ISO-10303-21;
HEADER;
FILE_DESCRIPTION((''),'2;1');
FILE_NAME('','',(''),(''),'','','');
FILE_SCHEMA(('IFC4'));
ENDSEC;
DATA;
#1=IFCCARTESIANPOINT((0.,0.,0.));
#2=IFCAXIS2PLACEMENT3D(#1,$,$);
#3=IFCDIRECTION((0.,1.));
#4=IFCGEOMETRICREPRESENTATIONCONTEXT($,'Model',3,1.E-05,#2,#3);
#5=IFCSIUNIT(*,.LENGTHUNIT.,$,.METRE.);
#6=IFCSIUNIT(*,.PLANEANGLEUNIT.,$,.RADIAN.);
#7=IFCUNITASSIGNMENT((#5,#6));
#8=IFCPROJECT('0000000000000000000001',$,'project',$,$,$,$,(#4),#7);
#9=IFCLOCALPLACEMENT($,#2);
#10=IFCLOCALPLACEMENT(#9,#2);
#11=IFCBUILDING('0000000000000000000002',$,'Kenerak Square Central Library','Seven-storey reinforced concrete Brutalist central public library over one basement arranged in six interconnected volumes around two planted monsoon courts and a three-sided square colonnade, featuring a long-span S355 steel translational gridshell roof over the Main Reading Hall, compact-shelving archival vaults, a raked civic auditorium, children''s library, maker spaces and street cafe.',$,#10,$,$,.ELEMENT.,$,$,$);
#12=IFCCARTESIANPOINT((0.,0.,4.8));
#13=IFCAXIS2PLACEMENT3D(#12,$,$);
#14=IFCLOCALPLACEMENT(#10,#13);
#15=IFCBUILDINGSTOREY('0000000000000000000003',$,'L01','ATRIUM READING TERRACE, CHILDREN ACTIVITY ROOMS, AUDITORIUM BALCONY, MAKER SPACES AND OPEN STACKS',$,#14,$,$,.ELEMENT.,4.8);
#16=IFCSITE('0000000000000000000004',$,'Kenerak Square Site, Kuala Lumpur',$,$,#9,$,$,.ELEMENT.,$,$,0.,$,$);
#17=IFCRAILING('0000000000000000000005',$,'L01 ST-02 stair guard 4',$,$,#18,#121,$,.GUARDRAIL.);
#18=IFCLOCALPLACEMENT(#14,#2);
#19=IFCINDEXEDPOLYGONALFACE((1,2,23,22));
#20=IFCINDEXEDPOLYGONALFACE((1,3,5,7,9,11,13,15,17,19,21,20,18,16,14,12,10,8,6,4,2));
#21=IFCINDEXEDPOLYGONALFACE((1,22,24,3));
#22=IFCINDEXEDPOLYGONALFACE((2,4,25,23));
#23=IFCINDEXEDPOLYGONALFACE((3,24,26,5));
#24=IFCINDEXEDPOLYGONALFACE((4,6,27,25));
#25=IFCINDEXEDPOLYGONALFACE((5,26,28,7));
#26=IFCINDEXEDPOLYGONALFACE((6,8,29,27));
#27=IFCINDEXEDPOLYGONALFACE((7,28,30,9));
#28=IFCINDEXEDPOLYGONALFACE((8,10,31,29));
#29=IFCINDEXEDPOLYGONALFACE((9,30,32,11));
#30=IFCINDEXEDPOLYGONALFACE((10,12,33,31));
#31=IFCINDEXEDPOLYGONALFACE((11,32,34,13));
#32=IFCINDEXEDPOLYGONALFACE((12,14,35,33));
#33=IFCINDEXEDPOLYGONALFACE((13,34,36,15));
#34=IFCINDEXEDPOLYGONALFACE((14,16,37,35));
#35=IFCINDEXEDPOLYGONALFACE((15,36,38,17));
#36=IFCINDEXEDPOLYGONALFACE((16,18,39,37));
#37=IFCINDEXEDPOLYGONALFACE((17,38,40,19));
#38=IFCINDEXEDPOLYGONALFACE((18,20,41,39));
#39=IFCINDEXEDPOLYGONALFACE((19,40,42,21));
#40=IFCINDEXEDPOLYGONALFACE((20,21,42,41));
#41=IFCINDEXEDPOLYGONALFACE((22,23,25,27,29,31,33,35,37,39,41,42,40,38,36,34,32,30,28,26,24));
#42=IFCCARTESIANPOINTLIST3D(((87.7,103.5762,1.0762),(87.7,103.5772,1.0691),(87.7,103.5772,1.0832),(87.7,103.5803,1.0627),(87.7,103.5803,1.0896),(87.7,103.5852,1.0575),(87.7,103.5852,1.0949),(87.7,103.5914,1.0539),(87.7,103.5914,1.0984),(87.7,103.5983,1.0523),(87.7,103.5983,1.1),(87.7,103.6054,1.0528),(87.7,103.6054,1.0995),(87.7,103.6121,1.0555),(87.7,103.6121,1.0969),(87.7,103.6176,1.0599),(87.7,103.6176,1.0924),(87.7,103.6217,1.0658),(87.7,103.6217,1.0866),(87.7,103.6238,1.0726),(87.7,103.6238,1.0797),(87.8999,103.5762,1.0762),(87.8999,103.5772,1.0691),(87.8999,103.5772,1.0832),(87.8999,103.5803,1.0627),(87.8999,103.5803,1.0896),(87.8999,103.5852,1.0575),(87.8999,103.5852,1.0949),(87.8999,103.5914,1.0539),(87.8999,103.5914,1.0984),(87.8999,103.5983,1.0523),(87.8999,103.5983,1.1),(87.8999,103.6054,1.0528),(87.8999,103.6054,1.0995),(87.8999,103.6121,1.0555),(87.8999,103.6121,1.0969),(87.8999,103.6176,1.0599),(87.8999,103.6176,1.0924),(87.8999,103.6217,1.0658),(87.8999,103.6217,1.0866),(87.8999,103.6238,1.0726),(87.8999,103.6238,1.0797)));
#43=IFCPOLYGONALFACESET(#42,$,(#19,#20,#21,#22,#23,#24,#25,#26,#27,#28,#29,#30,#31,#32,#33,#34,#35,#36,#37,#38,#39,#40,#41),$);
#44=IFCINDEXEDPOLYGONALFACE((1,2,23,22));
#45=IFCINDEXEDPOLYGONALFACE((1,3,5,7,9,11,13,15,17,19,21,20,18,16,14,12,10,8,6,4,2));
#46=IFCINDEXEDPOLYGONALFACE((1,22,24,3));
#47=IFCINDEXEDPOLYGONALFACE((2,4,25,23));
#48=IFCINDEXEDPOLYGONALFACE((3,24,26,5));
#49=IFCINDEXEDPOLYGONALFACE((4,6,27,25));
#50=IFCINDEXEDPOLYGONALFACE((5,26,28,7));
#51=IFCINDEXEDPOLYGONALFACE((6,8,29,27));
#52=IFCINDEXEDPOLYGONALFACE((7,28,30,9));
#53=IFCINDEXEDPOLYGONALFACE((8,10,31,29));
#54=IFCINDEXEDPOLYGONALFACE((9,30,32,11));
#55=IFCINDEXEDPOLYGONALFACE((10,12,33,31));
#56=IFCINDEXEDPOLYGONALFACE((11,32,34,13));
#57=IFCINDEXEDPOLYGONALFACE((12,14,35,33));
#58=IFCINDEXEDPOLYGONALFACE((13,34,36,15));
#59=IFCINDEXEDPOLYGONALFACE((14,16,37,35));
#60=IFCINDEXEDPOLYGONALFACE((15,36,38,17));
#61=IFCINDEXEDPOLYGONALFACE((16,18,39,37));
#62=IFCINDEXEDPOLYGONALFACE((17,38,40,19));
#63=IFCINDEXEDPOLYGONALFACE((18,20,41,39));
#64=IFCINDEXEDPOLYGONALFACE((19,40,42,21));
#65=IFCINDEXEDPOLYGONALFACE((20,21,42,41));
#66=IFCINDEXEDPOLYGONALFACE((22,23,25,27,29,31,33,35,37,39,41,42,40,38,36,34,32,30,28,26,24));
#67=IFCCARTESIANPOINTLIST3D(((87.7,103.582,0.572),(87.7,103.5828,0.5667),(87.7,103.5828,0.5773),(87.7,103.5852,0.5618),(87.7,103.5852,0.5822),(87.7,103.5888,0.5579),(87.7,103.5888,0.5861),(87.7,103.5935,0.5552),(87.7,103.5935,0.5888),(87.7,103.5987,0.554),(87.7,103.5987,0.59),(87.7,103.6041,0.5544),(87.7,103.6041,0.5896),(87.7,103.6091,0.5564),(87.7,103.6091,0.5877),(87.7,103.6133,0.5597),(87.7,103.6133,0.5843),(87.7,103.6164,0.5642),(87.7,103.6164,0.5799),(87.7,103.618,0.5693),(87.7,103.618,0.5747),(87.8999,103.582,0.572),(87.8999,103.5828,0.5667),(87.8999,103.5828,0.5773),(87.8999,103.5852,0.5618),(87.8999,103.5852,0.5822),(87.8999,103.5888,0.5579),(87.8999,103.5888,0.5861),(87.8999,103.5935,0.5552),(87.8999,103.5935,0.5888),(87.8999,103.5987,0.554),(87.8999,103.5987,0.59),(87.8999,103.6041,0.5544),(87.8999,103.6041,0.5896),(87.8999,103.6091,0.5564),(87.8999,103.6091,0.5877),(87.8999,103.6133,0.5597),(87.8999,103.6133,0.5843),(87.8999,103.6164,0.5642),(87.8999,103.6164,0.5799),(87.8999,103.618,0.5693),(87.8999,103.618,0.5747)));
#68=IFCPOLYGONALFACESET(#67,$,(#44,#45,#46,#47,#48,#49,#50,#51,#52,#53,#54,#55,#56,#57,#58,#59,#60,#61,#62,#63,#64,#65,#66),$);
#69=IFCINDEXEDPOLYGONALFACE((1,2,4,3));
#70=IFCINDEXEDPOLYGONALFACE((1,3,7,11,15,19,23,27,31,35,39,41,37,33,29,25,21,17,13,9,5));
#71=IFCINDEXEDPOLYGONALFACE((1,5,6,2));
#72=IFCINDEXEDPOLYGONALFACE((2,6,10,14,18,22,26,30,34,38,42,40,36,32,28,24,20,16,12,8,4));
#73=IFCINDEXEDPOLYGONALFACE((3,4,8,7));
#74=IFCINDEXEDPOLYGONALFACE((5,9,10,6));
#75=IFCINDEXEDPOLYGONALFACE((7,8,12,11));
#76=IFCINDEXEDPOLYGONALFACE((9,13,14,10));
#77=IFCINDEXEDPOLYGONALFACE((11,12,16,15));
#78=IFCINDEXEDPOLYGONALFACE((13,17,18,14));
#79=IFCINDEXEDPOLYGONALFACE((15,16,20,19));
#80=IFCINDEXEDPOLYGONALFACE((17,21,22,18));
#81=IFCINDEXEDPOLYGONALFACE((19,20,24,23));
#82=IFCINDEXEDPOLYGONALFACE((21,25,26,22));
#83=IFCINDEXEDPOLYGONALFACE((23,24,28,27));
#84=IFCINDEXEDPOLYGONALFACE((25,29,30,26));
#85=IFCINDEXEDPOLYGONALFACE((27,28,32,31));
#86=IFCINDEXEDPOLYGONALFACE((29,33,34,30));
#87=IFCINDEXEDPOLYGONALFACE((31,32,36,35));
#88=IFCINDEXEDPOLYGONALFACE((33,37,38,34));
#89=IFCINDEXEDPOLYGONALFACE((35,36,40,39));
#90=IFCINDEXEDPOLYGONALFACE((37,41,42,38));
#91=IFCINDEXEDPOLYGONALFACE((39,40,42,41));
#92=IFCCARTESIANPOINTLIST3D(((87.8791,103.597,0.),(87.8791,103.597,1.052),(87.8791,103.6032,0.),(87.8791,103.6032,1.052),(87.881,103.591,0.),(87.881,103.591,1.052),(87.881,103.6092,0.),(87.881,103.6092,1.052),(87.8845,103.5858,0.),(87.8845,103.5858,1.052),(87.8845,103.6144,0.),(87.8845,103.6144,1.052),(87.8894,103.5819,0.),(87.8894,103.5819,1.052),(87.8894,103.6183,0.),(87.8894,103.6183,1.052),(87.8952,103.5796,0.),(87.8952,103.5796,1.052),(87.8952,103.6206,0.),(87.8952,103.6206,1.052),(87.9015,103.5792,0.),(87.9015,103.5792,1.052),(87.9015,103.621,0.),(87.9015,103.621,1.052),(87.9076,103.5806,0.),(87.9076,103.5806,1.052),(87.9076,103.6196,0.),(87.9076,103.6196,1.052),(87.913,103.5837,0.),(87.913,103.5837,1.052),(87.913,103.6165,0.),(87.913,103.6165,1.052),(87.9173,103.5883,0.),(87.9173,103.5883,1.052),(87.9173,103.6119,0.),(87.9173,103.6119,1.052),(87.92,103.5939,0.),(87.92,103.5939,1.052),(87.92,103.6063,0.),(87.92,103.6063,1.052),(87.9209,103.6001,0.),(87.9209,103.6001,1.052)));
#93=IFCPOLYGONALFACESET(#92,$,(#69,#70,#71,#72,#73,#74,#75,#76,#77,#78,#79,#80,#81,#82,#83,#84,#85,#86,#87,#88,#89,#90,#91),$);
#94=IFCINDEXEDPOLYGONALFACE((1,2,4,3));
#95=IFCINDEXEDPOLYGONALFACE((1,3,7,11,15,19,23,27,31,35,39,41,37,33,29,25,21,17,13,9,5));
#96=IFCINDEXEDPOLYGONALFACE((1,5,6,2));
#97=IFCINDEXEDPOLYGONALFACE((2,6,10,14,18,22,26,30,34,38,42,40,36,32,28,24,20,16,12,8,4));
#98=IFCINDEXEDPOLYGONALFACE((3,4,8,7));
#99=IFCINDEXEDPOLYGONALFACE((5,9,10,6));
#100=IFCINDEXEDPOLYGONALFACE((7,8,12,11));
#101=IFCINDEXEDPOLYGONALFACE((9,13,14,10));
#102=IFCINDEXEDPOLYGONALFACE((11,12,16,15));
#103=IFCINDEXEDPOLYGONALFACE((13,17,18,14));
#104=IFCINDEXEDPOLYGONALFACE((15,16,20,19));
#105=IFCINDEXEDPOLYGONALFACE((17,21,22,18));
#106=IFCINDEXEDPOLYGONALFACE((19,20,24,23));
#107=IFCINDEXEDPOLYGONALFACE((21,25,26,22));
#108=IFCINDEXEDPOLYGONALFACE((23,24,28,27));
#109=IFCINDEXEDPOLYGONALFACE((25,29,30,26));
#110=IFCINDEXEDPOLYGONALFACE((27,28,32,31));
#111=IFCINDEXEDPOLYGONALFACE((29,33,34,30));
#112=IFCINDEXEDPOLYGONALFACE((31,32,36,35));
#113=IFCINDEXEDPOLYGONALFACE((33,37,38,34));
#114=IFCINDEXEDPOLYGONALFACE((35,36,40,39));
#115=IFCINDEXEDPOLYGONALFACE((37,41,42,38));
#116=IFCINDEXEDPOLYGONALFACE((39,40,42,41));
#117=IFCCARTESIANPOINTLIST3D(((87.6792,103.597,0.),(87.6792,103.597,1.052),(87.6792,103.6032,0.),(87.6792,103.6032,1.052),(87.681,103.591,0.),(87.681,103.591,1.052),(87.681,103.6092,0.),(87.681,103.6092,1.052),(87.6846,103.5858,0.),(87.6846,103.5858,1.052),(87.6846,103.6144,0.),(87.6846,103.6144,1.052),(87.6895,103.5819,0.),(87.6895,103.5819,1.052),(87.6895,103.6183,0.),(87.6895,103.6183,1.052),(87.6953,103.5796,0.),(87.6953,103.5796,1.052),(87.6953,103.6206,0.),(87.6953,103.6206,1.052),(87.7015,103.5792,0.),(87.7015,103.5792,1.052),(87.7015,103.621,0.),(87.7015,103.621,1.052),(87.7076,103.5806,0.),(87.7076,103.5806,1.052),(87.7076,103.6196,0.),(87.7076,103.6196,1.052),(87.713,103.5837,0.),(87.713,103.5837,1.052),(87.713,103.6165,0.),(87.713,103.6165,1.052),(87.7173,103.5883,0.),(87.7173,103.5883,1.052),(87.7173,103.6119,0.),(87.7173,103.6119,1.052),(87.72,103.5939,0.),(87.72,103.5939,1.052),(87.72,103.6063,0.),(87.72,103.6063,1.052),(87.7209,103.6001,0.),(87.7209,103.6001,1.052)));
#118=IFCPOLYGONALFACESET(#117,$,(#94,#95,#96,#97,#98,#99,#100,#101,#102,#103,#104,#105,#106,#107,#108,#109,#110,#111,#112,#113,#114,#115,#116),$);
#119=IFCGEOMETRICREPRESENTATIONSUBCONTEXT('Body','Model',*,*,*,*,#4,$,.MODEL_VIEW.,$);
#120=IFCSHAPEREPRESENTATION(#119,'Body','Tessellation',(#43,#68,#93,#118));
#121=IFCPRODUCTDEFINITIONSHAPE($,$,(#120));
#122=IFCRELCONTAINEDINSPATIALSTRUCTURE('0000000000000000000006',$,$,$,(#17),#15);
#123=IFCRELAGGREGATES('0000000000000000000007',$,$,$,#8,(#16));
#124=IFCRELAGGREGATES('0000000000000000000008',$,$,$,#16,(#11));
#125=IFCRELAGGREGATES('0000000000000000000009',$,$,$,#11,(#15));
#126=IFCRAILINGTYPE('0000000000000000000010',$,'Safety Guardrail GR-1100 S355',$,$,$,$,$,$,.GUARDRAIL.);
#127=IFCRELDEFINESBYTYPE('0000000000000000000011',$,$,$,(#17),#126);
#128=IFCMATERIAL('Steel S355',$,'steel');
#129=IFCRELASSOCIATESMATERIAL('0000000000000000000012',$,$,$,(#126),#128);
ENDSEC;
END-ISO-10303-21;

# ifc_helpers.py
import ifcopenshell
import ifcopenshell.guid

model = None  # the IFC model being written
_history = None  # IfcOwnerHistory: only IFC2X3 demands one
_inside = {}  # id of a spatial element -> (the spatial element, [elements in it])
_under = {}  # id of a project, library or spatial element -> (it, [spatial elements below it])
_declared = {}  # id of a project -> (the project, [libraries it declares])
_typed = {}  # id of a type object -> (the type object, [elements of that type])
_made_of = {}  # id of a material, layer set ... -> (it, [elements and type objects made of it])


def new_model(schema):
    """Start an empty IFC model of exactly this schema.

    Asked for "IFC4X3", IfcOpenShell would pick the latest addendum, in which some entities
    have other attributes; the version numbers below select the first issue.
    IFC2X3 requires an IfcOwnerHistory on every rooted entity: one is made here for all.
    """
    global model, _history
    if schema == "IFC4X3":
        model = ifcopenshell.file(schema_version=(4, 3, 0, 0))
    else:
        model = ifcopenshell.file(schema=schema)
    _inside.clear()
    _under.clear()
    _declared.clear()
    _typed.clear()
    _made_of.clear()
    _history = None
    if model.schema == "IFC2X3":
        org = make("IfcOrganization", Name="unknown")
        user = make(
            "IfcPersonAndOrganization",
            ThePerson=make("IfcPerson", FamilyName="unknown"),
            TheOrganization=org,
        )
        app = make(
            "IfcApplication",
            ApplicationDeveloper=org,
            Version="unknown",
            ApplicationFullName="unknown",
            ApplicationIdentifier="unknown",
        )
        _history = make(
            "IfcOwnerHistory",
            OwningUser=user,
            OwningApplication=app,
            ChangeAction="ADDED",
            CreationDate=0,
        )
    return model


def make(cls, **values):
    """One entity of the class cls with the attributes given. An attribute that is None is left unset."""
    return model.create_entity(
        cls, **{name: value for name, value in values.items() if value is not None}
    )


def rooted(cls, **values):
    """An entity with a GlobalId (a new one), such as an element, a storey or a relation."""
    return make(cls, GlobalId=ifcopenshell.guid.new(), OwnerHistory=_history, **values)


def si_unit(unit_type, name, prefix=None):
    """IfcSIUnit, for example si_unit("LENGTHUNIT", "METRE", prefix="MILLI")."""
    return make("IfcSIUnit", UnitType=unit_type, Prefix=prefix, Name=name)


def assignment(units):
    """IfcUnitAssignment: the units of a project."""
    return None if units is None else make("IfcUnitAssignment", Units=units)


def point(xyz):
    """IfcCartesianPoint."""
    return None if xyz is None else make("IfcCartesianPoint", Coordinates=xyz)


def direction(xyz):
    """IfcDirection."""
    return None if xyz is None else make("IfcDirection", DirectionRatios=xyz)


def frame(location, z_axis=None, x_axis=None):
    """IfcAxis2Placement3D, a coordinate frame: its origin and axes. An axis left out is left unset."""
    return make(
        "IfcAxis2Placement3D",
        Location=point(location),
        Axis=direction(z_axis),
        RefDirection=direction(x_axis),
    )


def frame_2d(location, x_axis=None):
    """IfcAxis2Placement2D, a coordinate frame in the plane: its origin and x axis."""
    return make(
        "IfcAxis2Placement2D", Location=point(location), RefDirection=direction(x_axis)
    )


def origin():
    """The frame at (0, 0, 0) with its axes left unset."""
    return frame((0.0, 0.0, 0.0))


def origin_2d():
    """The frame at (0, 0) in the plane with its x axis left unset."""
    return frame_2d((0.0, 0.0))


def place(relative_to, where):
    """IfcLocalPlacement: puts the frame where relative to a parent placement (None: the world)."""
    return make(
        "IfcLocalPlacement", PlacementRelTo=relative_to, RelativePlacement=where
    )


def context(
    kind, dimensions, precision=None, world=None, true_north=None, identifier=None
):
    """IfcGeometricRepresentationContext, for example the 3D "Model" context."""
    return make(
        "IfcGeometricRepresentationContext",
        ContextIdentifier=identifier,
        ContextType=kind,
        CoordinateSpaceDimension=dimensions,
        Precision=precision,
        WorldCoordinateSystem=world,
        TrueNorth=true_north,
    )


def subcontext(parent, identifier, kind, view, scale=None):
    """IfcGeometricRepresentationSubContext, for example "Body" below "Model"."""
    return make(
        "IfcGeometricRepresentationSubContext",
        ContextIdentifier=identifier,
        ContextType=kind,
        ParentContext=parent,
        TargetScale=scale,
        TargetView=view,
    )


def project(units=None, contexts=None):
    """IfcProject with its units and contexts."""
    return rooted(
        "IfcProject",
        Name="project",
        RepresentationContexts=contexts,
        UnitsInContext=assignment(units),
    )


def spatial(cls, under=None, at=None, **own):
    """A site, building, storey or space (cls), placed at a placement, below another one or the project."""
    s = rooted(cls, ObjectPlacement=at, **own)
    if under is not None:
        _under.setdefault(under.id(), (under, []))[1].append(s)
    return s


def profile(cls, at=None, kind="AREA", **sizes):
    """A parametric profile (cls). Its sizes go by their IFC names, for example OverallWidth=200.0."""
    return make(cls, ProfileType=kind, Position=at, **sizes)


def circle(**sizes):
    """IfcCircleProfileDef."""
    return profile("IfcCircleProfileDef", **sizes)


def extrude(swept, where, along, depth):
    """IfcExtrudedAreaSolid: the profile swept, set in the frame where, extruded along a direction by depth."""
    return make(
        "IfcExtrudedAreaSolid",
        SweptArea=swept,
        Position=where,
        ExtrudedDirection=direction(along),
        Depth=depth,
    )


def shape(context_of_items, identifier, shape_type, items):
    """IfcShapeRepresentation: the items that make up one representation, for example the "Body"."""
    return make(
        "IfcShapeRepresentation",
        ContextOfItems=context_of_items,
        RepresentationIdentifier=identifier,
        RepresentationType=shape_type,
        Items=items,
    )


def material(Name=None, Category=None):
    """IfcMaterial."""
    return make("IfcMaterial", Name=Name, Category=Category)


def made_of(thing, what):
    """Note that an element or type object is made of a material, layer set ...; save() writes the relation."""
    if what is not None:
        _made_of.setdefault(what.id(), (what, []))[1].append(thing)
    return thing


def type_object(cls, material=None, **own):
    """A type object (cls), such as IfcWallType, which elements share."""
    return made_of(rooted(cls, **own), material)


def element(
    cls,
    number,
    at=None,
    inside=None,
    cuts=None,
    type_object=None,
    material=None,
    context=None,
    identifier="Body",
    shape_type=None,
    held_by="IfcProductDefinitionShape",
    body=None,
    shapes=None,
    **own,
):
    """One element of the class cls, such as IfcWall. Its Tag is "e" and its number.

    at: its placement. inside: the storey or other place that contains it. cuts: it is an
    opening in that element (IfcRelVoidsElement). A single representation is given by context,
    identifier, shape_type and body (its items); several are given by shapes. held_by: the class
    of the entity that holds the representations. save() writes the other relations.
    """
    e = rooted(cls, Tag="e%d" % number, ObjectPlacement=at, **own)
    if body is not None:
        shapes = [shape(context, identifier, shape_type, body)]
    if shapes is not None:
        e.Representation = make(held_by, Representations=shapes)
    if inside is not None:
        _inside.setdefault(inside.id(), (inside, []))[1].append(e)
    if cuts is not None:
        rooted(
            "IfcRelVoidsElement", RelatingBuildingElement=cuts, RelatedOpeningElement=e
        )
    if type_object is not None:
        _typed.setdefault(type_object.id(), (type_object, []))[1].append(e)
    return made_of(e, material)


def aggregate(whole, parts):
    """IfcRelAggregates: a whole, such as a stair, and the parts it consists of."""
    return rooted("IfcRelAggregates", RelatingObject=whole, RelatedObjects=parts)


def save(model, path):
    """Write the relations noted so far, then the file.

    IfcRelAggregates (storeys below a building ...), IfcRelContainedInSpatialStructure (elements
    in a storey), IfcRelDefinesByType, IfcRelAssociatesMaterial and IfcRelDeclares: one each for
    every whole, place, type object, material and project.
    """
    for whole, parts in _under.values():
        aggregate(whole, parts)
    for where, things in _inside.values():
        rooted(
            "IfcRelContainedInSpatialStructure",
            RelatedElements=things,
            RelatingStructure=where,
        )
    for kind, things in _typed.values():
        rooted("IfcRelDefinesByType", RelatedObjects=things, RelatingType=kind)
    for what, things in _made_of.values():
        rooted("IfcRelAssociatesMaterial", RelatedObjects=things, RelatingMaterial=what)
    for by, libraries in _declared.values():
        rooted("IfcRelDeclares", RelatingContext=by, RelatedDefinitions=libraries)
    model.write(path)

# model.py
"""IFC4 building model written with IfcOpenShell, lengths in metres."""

from ifc_helpers import new_model, si_unit, direction, frame, origin, origin_2d, place, context, subcontext, project, spatial, circle, extrude, material, type_object, element, save


model = new_model("IFC4")

# Units and contexts
model_context = context("Model", 3, precision=1e-05, world=origin(), true_north=direction((0.0, 1.0)))
body_context = subcontext(model_context, "Body", "Model", "MODEL_VIEW")
ifc_project = project(units=[si_unit("LENGTHUNIT", "METRE"), si_unit("PLANEANGLEUNIT", "RADIAN")], contexts=[model_context])

# Site, building, storey
site_placement = place(None, origin())
site = spatial("IfcSite", under=ifc_project, at=site_placement, Name="Kenerak Square Site, Kuala Lumpur", CompositionType="ELEMENT", RefElevation=0.0)
building_placement = place(site_placement, origin())
building = spatial("IfcBuilding", under=site, at=building_placement, Name="Kenerak Square Central Library", Description="Seven-storey reinforced concrete Brutalist central public library over one basement arranged in six interconnected volumes around two planted monsoon courts and a three-sided square colonnade, featuring a long-span S355 steel translational gridshell roof over the Main Reading Hall, compact-shelving archival vaults, a raked civic auditorium, children's library, maker spaces and street cafe.", CompositionType="ELEMENT")
storey_placement = place(building_placement, frame((0.0, 0.0, 4.8)))
storey = spatial("IfcBuildingStorey", under=building, at=storey_placement, Name="L01", Description="ATRIUM READING TERRACE, CHILDREN ACTIVITY ROOMS, AUDITORIUM BALCONY, MAKER SPACES AND OPEN STACKS", CompositionType="ELEMENT", Elevation=4.8)

# Shared definitions
ifc_material_1 = material(Name="Steel S355", Category="steel")

# Railing
railing_type_1 = type_object("IfcRailingType", Name="Safety Guardrail GR-1100 S355", PredefinedType="GUARDRAIL", material=ifc_material_1)
railing_1_placement = place(storey_placement, frame((87.8999, 103.6001, 0.0)))
element("IfcRailing", 1, at=railing_1_placement, inside=storey, type_object=railing_type_1, Name="L01 ST-02 stair guard 4", PredefinedType="GUARDRAIL", context=body_context, shape_type="SweptSolid", body=[
    extrude(circle(Radius=0.0239, at=origin_2d()), frame((0.0, 0.0, 1.0762), z_axis=(-1.0, 0.0, 0.0), x_axis=(0.0, -1.0, 0.0)), (0.0, 0.0, 1.0), 0.2),
    extrude(circle(Radius=0.0181, at=origin_2d()), frame((0.0, 0.0, 0.572), z_axis=(-1.0, 0.0, 0.0), x_axis=(0.0, -1.0, 0.0)), (0.0, 0.0, 1.0), 0.2),
    extrude(circle(Radius=0.021, at=origin_2d()), origin(), (0.0, 0.0, 1.0), 1.052),
    extrude(circle(Radius=0.021, at=origin_2d()), frame((-0.2, 0.0, 0.0)), (0.0, 0.0, 1.0), 1.052),
])

save(model, "model.ifc")
